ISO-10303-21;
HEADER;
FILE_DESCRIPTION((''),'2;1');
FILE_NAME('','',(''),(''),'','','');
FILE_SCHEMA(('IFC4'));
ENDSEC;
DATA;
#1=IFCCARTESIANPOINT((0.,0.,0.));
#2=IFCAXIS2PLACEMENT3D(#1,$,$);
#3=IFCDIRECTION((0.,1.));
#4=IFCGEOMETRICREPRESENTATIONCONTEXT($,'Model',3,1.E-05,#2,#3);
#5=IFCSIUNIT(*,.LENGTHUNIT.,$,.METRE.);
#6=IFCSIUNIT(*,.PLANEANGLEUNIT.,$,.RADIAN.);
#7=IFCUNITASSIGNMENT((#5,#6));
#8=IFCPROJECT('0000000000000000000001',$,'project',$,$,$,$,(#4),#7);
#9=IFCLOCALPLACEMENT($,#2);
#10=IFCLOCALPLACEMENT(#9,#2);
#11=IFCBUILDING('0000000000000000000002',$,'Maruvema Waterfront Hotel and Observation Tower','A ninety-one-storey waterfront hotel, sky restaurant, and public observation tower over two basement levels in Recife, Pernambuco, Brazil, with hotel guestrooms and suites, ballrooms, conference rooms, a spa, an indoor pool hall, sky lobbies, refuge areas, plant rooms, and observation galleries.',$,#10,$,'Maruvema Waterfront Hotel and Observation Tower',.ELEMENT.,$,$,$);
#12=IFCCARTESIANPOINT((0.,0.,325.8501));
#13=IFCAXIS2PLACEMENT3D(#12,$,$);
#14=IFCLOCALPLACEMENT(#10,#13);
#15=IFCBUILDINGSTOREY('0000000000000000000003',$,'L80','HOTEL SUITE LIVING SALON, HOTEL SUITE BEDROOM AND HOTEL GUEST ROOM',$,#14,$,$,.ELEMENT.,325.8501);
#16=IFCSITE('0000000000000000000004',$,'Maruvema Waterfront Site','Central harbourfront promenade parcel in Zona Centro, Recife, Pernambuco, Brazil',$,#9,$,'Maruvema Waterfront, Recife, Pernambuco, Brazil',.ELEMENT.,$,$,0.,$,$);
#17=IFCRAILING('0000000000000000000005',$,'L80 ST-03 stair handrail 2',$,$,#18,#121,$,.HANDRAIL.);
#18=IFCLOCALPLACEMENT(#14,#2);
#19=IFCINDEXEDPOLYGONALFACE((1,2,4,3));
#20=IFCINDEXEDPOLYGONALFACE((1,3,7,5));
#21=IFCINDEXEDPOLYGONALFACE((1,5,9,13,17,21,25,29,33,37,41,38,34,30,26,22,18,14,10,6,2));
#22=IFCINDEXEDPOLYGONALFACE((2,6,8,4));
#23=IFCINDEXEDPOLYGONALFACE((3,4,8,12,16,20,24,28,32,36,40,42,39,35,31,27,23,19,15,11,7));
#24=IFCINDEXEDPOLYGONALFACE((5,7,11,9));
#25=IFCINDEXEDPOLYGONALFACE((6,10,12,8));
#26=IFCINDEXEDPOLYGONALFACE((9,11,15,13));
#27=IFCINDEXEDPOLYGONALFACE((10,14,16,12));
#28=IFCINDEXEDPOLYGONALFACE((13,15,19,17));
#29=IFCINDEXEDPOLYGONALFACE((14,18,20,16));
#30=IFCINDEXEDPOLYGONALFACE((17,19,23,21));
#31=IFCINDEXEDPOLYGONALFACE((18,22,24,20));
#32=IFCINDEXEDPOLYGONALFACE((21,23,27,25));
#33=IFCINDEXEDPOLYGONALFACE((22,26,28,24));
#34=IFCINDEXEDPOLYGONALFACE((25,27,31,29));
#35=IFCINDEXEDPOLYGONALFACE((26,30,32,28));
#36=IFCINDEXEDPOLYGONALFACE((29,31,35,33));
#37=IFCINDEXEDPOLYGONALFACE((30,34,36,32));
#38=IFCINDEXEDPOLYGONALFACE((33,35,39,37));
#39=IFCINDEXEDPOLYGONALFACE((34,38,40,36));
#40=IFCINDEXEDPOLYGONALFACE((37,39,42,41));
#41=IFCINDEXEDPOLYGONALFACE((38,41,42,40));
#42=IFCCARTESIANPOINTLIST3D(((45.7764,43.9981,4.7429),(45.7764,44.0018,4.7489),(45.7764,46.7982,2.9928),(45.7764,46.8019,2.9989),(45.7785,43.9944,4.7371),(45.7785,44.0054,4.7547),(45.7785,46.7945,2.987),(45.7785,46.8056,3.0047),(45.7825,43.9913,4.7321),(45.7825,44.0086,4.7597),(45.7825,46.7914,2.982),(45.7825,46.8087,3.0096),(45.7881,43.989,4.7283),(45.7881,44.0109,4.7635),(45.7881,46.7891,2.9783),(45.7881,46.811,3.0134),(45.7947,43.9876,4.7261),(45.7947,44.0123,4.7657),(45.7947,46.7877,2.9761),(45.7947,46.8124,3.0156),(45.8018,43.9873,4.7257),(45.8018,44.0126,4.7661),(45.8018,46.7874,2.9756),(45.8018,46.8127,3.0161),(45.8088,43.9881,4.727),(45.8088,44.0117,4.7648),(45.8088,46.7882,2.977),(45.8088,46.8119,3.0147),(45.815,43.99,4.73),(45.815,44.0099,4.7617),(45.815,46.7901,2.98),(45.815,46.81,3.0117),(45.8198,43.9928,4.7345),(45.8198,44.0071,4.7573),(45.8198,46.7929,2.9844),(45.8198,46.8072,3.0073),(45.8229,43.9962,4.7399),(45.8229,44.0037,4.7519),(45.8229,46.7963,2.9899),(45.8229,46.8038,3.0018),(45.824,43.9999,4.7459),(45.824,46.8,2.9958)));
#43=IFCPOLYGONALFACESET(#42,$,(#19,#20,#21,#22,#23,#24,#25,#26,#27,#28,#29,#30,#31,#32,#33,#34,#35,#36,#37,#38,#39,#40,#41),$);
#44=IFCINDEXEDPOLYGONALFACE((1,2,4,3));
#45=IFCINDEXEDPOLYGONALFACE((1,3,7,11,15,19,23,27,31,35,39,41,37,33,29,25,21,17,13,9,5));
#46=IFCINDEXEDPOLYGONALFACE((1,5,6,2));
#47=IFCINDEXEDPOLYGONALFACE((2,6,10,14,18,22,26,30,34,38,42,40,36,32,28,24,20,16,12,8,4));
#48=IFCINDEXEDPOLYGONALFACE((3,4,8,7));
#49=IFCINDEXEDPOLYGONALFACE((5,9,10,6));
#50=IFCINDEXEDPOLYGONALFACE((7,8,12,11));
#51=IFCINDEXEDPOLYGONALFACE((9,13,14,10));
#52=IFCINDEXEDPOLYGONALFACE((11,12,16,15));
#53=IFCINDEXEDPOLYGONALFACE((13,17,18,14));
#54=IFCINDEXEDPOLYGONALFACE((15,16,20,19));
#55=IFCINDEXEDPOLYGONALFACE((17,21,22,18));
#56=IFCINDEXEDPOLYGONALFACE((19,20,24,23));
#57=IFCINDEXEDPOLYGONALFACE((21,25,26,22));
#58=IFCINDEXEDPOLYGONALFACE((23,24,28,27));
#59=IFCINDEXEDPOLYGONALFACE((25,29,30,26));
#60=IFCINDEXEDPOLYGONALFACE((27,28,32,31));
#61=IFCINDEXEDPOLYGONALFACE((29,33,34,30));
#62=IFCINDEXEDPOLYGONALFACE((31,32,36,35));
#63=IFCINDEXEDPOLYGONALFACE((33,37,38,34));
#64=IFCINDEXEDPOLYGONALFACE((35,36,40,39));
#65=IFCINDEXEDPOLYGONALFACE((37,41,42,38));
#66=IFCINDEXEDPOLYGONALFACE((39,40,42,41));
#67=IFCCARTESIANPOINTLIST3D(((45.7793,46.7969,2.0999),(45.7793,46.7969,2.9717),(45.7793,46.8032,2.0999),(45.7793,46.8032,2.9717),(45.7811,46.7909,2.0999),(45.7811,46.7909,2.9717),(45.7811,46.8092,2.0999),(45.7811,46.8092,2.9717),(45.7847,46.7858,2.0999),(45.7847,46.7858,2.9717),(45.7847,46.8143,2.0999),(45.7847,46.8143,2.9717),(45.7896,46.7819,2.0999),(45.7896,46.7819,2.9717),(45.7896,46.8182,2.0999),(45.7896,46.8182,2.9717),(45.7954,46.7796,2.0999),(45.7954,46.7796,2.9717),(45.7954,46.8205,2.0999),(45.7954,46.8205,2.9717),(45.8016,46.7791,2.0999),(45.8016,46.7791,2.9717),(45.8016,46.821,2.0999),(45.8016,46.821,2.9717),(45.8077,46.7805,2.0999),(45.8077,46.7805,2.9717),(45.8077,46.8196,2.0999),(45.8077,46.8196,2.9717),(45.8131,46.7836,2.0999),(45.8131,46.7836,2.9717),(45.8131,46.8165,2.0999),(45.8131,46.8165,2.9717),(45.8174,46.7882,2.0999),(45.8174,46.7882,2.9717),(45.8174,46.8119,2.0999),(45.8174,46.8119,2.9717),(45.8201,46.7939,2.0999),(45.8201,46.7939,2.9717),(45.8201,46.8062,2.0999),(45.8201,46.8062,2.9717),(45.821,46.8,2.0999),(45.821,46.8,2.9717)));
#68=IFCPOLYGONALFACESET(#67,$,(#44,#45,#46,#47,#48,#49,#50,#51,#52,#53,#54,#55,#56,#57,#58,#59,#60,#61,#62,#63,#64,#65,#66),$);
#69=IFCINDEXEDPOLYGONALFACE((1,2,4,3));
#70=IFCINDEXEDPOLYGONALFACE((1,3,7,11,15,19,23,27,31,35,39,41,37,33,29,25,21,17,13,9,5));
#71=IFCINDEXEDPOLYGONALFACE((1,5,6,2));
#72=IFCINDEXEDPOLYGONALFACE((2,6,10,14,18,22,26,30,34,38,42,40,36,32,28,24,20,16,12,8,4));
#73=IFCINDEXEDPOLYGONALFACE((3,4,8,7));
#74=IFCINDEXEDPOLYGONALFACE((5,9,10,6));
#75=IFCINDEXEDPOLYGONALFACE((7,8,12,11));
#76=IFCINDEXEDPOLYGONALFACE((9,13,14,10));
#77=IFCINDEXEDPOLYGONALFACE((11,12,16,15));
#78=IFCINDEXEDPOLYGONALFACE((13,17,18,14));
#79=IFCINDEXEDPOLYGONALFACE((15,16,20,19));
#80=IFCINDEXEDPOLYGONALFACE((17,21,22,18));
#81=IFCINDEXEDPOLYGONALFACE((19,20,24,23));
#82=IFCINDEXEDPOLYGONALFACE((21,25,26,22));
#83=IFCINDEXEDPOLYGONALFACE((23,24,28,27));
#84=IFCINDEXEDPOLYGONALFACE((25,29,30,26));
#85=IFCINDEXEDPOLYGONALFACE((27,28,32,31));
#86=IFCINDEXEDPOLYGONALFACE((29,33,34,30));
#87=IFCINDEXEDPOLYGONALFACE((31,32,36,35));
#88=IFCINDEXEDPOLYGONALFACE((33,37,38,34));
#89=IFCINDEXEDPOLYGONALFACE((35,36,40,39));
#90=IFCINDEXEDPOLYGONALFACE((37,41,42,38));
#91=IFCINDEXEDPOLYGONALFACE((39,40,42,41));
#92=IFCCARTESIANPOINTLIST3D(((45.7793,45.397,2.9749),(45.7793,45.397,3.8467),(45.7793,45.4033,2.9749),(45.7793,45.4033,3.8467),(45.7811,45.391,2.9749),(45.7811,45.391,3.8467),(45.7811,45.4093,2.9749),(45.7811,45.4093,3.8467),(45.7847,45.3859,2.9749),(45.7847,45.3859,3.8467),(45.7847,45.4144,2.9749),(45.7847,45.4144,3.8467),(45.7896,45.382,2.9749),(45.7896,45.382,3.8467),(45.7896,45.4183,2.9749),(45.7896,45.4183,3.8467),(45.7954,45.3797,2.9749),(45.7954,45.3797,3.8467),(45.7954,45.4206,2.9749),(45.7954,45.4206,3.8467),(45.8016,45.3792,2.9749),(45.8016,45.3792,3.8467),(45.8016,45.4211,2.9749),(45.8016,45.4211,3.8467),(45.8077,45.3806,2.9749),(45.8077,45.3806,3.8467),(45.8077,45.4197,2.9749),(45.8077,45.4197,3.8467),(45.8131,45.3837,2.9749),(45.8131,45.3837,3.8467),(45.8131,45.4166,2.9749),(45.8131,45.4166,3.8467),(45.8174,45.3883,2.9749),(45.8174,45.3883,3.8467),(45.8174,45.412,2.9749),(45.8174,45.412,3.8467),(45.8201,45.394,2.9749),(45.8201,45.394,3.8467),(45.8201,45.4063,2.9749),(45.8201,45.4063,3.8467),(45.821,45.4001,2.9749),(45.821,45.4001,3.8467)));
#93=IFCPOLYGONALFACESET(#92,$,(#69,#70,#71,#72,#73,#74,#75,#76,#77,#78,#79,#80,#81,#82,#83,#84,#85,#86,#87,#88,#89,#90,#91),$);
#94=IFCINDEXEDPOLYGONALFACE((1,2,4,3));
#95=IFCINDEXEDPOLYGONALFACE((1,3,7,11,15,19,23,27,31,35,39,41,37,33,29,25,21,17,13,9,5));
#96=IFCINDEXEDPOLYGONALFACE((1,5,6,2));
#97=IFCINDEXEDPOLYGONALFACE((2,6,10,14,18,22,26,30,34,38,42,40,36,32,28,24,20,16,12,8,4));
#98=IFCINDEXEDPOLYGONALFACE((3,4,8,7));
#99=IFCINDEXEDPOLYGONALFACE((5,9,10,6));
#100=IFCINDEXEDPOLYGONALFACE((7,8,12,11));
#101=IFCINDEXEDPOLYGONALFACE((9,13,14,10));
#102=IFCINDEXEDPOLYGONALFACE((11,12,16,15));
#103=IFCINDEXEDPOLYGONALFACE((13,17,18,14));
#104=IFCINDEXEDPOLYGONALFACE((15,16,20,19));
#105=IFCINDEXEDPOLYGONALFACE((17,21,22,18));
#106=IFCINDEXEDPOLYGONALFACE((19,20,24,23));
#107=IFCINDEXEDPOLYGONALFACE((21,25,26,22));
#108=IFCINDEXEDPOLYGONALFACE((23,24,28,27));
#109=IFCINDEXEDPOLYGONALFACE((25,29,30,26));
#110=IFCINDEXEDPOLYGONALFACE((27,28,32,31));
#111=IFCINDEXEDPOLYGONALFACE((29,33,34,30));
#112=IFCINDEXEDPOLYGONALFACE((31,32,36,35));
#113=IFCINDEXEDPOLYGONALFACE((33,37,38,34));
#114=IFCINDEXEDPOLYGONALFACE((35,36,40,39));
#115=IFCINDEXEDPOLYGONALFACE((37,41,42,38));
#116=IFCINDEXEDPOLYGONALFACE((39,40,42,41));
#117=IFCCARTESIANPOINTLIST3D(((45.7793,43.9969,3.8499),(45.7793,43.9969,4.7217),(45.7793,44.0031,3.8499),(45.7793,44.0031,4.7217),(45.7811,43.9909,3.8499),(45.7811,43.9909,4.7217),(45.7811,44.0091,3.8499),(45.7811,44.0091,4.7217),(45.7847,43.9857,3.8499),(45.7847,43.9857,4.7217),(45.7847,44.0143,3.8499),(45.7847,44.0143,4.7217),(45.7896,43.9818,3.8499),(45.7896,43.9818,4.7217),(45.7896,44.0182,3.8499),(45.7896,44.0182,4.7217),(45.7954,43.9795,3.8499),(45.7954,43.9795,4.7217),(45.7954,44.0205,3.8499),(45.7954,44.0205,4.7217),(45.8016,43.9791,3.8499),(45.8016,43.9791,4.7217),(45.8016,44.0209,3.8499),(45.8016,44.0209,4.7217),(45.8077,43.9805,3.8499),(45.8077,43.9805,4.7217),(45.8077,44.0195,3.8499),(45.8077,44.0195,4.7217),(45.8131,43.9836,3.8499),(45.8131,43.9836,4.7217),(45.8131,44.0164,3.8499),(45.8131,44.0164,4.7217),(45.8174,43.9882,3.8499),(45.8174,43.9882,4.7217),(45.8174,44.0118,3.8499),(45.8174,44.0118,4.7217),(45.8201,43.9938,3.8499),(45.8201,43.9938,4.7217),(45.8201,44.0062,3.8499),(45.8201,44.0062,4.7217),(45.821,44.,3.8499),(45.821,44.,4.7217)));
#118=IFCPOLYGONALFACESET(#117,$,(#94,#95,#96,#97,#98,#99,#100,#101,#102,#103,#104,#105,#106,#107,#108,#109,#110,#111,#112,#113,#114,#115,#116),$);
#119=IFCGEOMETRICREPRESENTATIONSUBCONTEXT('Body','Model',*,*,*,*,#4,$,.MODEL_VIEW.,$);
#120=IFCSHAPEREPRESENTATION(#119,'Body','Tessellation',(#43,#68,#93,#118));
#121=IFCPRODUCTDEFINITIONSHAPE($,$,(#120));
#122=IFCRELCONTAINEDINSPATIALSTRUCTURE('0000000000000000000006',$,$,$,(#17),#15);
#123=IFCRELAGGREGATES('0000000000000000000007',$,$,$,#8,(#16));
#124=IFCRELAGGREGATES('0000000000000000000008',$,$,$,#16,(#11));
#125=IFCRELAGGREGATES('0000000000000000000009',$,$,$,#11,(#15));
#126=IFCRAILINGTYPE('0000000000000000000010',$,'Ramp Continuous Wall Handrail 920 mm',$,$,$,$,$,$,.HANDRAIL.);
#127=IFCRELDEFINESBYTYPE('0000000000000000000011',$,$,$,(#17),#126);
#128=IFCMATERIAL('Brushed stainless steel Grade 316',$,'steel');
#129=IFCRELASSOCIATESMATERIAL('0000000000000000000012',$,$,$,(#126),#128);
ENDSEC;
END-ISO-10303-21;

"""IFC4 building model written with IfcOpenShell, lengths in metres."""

from ifc_helpers import new_model, si_unit, direction, frame, origin, origin_2d, place, context, subcontext, project, spatial, circle, extrude, material, type_object, element, save


model = new_model("IFC4")

# Units and contexts
model_context = context("Model", 3, precision=1e-05, world=origin(), true_north=direction((0.0, 1.0)))
body_context = subcontext(model_context, "Body", "Model", "MODEL_VIEW")
ifc_project = project(units=[si_unit("LENGTHUNIT", "METRE"), si_unit("PLANEANGLEUNIT", "RADIAN")], contexts=[model_context])

# Site, building, storey
site_placement = place(None, origin())
site = spatial("IfcSite", under=ifc_project, at=site_placement, Name="Maruvema Waterfront Site", Description="Central harbourfront promenade parcel in Zona Centro, Recife, Pernambuco, Brazil", LongName="Maruvema Waterfront, Recife, Pernambuco, Brazil", CompositionType="ELEMENT", RefElevation=0.0)
building_placement = place(site_placement, origin())
building = spatial("IfcBuilding", under=site, at=building_placement, Name="Maruvema Waterfront Hotel and Observation Tower", Description="A ninety-one-storey waterfront hotel, sky restaurant, and public observation tower over two basement levels in Recife, Pernambuco, Brazil, with hotel guestrooms and suites, ballrooms, conference rooms, a spa, an indoor pool hall, sky lobbies, refuge areas, plant rooms, and observation galleries.", LongName="Maruvema Waterfront Hotel and Observation Tower", CompositionType="ELEMENT")
storey_placement = place(building_placement, frame((0.0, 0.0, 325.8501)))
storey = spatial("IfcBuildingStorey", under=building, at=storey_placement, Name="L80", Description="HOTEL SUITE LIVING SALON, HOTEL SUITE BEDROOM AND HOTEL GUEST ROOM", CompositionType="ELEMENT", Elevation=325.8501)

# Railing
ifc_material_1 = material(Name="Brushed stainless steel Grade 316", Category="steel")
railing_type_1 = type_object("IfcRailingType", Name="Ramp Continuous Wall Handrail 920 mm", PredefinedType="HANDRAIL", material=ifc_material_1)
railing_1_placement = place(storey_placement, frame((45.8, 46.8, 2.0999)))
element("IfcRailing", 1, at=railing_1_placement, inside=storey, type_object=railing_type_1, Name="L80 ST-03 stair handrail 2", PredefinedType="HANDRAIL", context=body_context, shape_type="SweptSolid", body=[
    extrude(circle(Radius=0.0239, at=origin_2d()), frame((0.0, 0.0, 0.896), z_axis=(0.0, -0.848002, 0.529992), x_axis=(1.0, 0.0, 0.0)), (0.0, 0.0, 1.0), 3.302),
    extrude(circle(Radius=0.021, at=origin_2d()), origin(), (0.0, 0.0, 1.0), 0.8718),
    extrude(circle(Radius=0.021, at=origin_2d()), frame((0.0, -1.3999, 0.875)), (0.0, 0.0, 1.0), 0.8718),
    extrude(circle(Radius=0.021, at=origin_2d()), frame((0.0, -2.8, 1.75)), (0.0, 0.0, 1.0), 0.8718),
])

save(model, "model.ifc")
